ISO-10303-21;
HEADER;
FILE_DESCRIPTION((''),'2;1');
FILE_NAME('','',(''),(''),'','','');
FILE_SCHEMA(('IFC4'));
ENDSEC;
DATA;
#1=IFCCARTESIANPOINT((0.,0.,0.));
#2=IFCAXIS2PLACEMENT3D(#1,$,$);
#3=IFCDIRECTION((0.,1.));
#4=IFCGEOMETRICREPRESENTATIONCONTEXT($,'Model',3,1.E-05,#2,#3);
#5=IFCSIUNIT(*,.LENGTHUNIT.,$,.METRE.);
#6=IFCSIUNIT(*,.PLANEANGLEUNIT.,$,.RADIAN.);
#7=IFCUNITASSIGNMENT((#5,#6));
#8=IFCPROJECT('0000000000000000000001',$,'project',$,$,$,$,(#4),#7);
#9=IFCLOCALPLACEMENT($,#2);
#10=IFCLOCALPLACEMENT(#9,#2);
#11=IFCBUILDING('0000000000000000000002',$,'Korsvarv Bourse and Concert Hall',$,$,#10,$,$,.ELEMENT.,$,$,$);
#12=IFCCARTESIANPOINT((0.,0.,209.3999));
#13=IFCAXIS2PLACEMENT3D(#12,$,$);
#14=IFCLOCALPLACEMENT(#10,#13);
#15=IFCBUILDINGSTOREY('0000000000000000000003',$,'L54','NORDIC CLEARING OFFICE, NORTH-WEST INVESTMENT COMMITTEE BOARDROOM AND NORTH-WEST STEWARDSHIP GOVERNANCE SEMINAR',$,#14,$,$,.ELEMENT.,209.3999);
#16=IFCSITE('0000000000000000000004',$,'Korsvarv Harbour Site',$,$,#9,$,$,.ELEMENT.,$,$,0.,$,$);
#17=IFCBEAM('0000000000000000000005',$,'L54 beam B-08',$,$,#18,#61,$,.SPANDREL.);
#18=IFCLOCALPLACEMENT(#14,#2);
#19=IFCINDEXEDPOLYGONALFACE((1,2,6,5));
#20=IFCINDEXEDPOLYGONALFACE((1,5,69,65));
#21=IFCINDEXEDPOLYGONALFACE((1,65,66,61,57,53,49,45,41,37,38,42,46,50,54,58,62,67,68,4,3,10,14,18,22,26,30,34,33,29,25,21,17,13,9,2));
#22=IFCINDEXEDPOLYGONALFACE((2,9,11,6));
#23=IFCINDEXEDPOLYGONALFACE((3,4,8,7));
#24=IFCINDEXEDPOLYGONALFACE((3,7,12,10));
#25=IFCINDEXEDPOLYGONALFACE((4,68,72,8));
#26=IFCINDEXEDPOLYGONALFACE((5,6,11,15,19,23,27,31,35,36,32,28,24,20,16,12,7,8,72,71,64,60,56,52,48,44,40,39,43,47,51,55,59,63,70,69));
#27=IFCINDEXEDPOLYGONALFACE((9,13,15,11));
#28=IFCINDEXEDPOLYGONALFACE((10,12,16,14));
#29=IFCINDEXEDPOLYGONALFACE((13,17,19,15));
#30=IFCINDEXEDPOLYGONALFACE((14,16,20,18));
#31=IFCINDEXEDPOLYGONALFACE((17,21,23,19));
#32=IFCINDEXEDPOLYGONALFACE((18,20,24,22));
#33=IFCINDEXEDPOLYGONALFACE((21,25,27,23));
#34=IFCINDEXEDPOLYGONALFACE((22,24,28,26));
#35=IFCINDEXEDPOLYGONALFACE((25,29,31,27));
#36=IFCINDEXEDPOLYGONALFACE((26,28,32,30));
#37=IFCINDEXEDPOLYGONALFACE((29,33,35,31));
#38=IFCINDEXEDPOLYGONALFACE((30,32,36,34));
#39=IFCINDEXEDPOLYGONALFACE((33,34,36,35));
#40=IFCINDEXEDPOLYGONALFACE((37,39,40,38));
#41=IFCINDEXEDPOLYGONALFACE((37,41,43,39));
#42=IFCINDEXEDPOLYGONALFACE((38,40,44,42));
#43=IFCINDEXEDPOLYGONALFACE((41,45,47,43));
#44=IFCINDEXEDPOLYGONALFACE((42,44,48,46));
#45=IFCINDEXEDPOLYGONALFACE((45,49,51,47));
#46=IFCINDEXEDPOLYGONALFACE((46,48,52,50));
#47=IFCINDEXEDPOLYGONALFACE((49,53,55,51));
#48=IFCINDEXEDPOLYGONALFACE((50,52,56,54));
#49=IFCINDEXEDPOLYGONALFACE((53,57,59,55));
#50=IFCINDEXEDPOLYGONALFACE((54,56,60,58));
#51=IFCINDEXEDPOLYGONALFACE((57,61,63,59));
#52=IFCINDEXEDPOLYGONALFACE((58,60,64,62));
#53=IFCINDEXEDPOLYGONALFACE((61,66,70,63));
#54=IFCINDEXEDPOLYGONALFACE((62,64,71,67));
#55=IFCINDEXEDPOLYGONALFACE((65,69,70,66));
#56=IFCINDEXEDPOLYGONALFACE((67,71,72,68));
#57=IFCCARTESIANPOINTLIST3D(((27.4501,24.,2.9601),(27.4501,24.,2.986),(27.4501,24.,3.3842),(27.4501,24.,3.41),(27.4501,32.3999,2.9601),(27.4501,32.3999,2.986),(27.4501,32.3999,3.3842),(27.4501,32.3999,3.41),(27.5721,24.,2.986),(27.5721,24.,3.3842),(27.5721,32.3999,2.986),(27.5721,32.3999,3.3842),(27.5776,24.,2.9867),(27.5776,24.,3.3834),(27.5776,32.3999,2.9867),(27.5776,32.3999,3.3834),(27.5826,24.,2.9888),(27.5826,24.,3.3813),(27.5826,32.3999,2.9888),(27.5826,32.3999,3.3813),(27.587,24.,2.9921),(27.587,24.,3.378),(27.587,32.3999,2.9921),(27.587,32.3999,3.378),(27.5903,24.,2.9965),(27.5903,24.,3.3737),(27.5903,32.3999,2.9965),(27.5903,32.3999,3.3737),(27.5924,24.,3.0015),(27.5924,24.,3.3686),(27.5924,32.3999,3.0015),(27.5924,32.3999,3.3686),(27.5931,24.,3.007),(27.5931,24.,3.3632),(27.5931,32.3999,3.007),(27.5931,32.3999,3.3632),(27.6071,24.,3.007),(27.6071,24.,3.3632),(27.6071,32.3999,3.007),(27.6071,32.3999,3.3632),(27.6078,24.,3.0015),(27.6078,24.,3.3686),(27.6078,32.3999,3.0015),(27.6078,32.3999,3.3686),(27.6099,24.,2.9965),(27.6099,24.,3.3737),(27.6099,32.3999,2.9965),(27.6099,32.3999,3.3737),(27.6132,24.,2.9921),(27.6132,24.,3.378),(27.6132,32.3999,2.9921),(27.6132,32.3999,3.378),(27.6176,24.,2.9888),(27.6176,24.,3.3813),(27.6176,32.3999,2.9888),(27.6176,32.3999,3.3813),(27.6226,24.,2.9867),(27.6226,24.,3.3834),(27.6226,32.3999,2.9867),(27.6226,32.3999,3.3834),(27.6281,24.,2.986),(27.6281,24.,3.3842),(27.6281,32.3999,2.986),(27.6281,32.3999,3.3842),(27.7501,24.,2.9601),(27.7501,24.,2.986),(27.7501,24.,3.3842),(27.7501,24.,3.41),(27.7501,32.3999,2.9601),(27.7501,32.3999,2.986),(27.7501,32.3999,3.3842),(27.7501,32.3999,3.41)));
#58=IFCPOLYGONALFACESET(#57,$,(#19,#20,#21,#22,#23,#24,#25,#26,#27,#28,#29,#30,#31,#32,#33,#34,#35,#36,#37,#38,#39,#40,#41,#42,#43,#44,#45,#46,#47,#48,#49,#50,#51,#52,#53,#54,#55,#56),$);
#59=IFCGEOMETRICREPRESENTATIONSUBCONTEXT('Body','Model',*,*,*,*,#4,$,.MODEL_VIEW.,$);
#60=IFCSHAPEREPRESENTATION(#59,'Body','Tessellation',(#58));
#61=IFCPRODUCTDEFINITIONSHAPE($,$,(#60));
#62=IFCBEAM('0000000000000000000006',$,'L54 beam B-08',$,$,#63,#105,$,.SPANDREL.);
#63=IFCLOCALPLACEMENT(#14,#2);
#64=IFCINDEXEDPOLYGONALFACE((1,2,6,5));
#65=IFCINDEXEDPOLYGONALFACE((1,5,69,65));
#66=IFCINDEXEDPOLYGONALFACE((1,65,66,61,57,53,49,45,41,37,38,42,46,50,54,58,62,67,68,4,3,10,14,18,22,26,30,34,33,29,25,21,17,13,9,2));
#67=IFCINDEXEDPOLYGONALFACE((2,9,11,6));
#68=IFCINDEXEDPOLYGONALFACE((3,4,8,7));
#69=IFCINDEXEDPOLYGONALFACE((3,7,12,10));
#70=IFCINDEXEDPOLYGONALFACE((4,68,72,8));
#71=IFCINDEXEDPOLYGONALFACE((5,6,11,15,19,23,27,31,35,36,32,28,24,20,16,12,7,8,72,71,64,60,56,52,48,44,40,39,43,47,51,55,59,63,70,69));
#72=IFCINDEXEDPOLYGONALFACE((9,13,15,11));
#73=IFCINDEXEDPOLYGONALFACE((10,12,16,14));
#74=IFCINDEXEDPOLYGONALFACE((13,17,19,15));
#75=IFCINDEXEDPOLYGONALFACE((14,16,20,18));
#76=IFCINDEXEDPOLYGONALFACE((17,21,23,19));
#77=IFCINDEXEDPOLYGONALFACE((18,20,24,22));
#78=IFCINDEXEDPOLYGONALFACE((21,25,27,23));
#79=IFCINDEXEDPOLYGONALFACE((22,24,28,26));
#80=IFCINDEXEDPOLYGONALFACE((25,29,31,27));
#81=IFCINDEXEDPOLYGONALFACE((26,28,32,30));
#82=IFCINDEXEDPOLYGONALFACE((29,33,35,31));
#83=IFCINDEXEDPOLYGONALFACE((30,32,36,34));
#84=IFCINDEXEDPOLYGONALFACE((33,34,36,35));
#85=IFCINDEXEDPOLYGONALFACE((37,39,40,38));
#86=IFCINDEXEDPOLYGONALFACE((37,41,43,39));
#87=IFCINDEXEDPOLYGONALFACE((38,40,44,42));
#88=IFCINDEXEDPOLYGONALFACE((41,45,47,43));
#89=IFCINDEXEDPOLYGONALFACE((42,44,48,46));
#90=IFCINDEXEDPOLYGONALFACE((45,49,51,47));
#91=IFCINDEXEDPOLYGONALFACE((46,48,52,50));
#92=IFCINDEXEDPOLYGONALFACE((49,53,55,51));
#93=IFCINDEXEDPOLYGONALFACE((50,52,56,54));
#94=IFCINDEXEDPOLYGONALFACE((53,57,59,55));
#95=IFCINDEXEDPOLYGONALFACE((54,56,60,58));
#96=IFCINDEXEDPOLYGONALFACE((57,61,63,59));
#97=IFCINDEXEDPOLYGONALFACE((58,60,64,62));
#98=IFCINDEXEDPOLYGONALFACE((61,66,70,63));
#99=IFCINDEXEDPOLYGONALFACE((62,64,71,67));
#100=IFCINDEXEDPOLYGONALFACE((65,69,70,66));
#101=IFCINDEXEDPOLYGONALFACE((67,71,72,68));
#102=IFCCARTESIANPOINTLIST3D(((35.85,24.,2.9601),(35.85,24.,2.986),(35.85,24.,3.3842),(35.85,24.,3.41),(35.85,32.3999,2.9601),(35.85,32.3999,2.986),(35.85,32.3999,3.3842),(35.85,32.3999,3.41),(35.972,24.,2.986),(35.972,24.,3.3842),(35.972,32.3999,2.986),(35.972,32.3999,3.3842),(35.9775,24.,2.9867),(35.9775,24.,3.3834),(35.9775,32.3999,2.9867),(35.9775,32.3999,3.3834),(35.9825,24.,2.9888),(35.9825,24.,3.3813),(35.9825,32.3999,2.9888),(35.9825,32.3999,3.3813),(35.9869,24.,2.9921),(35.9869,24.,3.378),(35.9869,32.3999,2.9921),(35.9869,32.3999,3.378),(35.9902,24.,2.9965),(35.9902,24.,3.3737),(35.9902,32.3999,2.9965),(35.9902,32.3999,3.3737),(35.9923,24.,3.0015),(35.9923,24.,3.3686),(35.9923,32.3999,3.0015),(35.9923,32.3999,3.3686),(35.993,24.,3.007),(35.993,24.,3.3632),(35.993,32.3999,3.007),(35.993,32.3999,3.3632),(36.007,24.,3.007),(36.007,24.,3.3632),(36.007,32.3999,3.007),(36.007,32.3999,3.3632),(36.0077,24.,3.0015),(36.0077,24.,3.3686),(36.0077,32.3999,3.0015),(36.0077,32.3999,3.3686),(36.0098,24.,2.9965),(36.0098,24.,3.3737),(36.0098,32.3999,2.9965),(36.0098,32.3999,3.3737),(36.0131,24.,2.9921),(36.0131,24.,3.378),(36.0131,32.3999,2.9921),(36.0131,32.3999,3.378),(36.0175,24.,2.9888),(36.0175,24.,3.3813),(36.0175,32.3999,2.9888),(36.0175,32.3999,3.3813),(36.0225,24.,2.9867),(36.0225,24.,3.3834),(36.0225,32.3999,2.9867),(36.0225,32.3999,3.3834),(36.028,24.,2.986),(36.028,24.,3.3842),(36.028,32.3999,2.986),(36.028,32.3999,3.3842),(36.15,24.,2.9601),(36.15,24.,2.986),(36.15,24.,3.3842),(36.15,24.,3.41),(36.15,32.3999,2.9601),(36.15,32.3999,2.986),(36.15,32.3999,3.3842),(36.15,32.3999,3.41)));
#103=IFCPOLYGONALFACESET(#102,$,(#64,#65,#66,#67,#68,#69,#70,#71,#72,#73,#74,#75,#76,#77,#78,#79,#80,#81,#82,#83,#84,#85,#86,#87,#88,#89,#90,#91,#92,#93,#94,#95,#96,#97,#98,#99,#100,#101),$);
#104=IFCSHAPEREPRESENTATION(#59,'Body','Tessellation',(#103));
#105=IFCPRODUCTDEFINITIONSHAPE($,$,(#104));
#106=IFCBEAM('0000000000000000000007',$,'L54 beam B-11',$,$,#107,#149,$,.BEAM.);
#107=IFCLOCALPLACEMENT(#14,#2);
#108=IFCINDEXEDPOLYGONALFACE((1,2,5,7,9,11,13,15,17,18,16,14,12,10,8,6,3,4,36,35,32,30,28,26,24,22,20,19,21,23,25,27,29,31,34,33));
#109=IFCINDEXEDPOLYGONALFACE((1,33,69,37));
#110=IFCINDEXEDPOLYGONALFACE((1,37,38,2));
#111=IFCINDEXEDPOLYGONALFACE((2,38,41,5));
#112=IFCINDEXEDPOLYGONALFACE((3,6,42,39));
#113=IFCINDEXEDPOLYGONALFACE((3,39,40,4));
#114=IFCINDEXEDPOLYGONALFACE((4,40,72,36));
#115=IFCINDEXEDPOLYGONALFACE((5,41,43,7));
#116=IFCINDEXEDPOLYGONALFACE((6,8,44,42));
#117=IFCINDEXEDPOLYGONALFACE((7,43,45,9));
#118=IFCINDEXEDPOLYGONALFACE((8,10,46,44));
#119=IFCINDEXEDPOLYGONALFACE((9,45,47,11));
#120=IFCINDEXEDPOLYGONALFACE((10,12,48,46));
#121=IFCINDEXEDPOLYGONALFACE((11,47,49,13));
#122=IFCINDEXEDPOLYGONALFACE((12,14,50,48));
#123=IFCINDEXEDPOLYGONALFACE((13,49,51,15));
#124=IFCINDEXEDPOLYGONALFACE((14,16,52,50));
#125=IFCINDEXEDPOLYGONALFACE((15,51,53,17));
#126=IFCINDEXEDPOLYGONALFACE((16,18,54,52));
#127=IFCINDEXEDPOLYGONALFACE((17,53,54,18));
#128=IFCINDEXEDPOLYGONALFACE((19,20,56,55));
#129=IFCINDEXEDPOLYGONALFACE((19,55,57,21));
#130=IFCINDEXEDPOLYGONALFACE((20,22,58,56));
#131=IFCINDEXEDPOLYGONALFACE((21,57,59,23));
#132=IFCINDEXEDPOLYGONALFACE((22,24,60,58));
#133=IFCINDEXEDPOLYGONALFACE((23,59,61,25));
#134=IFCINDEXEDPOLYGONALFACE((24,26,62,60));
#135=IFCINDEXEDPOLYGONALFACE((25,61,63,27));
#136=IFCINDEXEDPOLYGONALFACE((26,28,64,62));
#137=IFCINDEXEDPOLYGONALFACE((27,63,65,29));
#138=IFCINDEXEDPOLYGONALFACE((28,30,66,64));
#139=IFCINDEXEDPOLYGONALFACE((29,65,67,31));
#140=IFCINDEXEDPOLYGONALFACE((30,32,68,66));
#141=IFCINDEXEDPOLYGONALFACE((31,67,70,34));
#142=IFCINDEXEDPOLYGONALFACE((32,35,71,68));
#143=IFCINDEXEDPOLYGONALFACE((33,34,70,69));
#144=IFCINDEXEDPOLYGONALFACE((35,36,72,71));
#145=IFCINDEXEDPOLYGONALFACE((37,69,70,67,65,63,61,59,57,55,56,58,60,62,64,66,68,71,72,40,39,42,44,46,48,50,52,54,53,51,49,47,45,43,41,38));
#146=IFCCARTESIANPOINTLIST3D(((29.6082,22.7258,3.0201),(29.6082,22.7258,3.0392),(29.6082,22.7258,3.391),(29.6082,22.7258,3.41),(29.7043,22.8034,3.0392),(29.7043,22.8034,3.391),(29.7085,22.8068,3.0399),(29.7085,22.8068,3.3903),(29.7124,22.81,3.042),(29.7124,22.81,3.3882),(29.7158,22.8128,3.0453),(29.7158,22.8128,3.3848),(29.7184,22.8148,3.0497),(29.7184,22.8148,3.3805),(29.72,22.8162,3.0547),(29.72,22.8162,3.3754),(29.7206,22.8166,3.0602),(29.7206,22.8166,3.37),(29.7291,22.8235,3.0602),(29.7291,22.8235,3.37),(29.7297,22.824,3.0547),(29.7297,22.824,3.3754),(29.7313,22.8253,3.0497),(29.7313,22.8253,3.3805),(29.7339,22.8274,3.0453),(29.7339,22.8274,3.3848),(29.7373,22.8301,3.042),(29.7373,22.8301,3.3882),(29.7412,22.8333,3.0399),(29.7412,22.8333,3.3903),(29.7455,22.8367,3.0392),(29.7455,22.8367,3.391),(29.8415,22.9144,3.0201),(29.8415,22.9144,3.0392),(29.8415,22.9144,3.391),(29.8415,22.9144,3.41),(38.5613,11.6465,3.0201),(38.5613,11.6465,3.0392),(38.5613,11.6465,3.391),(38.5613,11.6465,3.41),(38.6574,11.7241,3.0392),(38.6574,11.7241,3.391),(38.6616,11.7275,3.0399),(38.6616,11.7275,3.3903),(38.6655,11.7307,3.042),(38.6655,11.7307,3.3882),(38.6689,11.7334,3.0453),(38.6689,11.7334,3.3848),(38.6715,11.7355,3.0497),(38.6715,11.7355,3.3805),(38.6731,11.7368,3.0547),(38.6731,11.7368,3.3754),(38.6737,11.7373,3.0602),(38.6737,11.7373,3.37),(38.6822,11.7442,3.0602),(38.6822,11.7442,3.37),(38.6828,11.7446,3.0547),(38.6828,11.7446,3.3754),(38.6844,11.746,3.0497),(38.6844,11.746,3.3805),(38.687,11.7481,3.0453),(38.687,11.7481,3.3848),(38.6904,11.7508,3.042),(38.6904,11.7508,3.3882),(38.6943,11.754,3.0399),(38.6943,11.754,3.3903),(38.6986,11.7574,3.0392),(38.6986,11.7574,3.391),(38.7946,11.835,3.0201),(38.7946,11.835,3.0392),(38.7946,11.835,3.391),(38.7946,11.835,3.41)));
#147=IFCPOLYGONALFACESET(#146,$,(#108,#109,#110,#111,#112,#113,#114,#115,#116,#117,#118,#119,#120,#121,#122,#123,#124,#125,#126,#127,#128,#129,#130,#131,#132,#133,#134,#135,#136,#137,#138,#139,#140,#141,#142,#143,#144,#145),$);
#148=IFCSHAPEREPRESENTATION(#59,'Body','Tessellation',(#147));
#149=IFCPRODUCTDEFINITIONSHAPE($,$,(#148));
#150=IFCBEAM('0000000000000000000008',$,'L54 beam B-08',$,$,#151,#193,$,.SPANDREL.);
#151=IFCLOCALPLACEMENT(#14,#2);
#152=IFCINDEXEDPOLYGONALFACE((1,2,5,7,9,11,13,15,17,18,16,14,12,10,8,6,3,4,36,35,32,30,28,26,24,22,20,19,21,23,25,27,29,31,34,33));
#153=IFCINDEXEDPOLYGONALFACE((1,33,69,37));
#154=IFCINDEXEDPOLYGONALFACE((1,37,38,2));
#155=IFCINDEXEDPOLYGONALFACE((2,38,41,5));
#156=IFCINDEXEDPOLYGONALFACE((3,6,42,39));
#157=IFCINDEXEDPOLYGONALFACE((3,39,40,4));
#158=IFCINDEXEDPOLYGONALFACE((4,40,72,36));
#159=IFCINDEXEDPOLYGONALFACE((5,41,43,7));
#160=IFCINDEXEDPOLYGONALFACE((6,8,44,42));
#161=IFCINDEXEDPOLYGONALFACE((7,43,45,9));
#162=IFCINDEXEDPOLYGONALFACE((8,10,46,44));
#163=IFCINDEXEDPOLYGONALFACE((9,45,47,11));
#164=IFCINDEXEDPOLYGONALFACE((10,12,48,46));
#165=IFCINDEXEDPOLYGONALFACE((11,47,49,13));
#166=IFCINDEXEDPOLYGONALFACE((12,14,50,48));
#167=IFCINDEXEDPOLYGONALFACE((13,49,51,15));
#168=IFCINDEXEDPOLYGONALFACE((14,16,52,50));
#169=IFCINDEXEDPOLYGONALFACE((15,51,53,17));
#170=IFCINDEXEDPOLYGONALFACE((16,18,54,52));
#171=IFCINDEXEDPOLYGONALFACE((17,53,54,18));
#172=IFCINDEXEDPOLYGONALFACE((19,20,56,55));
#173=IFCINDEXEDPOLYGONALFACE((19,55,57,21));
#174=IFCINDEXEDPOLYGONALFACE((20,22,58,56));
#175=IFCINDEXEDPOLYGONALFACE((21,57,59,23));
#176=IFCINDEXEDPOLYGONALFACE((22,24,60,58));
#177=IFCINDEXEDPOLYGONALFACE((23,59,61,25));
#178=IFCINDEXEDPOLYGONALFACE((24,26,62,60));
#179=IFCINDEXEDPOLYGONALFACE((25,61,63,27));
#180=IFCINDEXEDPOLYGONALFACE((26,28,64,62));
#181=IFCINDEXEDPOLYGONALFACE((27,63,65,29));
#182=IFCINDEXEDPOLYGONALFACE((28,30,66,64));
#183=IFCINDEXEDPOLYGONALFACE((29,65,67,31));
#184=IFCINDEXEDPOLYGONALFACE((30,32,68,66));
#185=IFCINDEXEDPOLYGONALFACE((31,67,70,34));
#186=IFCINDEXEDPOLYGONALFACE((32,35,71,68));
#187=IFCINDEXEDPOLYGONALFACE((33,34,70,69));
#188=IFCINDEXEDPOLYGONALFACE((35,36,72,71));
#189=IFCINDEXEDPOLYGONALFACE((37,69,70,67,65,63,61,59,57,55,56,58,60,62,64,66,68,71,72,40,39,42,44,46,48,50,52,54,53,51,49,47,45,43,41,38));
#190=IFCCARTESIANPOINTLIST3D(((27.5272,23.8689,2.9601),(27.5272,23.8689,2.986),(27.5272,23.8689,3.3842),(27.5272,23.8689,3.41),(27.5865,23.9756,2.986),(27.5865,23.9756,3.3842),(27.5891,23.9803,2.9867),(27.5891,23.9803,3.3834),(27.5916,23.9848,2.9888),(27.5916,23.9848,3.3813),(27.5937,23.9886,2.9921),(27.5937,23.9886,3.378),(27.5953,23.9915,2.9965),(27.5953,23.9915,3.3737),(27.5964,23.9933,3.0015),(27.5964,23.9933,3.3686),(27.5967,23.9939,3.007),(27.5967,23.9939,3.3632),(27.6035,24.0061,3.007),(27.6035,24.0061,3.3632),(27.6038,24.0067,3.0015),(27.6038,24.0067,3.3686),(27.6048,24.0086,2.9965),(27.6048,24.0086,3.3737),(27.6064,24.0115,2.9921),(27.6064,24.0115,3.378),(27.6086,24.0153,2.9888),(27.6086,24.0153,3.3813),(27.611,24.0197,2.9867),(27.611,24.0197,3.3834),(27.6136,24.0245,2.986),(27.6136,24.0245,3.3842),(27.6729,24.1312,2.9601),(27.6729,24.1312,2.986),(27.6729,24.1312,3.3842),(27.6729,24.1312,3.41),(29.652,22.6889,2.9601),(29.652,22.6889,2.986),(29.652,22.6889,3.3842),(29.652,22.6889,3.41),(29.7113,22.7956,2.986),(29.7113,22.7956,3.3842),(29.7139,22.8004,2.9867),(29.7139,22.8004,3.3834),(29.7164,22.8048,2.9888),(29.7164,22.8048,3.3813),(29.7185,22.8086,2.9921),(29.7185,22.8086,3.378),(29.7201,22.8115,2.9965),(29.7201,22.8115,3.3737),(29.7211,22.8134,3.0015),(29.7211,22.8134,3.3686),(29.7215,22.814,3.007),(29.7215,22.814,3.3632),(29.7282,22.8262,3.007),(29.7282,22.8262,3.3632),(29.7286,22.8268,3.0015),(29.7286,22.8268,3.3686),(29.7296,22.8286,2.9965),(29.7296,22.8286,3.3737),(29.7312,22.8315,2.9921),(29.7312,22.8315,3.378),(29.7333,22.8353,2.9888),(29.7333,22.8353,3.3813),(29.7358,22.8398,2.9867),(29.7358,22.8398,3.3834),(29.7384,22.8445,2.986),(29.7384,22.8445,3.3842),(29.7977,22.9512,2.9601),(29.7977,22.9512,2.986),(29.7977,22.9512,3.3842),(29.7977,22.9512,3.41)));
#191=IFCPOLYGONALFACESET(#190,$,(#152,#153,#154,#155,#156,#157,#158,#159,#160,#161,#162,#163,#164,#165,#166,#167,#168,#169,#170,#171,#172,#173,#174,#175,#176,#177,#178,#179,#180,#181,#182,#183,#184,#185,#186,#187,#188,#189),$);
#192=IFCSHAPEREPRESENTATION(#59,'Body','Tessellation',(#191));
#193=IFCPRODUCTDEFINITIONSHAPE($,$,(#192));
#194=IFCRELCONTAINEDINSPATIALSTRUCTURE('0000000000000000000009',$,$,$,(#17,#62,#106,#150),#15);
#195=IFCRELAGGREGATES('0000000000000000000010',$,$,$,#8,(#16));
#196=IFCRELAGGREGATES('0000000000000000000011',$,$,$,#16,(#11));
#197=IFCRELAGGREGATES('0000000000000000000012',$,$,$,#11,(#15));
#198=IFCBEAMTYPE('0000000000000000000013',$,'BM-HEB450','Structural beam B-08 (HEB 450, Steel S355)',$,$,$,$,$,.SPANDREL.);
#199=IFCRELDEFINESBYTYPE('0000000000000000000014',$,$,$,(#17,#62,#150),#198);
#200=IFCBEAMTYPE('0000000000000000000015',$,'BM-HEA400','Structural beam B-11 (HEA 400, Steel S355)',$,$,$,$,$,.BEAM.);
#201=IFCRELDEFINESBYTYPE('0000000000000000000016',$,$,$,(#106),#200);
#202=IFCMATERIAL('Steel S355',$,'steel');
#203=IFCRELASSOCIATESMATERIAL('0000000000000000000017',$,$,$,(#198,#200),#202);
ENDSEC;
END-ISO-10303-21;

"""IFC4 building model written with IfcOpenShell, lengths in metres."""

from ifc_helpers import new_model, si_unit, direction, frame, origin, origin_2d, place, context, subcontext, project, spatial, i_section, extrude, source, transform, mapped, material, material_profile, profile_set, type_object, element, save


model = new_model("IFC4")

# Units and contexts
model_context = context("Model", 3, precision=1e-05, world=origin(), true_north=direction((0.0, 1.0)))
body_context = subcontext(model_context, "Body", "Model", "MODEL_VIEW")
ifc_project = project(units=[si_unit("LENGTHUNIT", "METRE"), si_unit("PLANEANGLEUNIT", "RADIAN")], contexts=[model_context])

# Site, building, storey
site_placement = place(None, origin())
site = spatial("IfcSite", under=ifc_project, at=site_placement, Name="Korsvarv Harbour Site", CompositionType="ELEMENT", RefElevation=0.0)
building_placement = place(site_placement, origin())
building = spatial("IfcBuilding", under=site, at=building_placement, Name="Korsvarv Bourse and Concert Hall", CompositionType="ELEMENT")
storey_placement = place(building_placement, frame((0.0, 0.0, 209.3999)))
storey = spatial("IfcBuildingStorey", under=building, at=storey_placement, Name="L54", Description="NORDIC CLEARING OFFICE, NORTH-WEST INVESTMENT COMMITTEE BOARDROOM AND NORTH-WEST STEWARDSHIP GOVERNANCE SEMINAR", CompositionType="ELEMENT", Elevation=209.3999)

# Shared definitions
ifc_material_1 = material(Name="Steel S355", Category="steel")

# Beams
ifc_material_profile_1 = material_profile(ifc_material_1, i_section(OverallWidth=0.3, OverallDepth=0.45, WebThickness=0.0139, FlangeThickness=0.0259, FilletRadius=0.021, at=origin_2d()), Name="HEB 450")
ifc_profile_set_1 = profile_set([ifc_material_profile_1], Name="Steel S355")
beam_type_1 = type_object("IfcBeamType", Name="BM-HEB450", Description="Structural beam B-08 (HEB 450, Steel S355)", PredefinedType="SPANDREL", material=ifc_profile_set_1)
shared_shape_1 = source(origin(), body_context, "Body", "SweptSolid", [
    extrude(i_section(OverallWidth=0.3, OverallDepth=0.45, WebThickness=0.0139, FlangeThickness=0.0259, FilletRadius=0.021, at=origin_2d()), origin(), (0.0, 0.0, 1.0), 8.3999),
])
for number, where, z_axis, x_axis, name in (
    (1, (27.6001, 24.0, 3.1851), (0.0, 1.0, 0.0), (-1.0, 0.0, 0.0), "L54 beam B-08"),
    (2, (36.0, 24.0, 3.1851), (0.0, 1.0, 0.0), (-1.0, 0.0, 0.0), "L54 beam B-08"),
):
    element("IfcBeam", number, at=place(storey_placement, frame(where, z_axis=z_axis, x_axis=x_axis)), inside=storey, type_object=beam_type_1, Name=name, PredefinedType="SPANDREL", context=body_context, shape_type="MappedRepresentation", body=[
        mapped(shared_shape_1, transform((0.0, 0.0, 0.0), scale=1.0)),
    ])
ifc_material_profile_2 = material_profile(ifc_material_1, i_section(OverallWidth=0.3, OverallDepth=0.3899, WebThickness=0.011, FlangeThickness=0.019, FilletRadius=0.021, at=origin_2d()), Name="HEA 400")
ifc_profile_set_2 = profile_set([ifc_material_profile_2], Name="Steel S355")
beam_type_2 = type_object("IfcBeamType", Name="BM-HEA400", Description="Structural beam B-11 (HEA 400, Steel S355)", PredefinedType="BEAM", material=ifc_profile_set_2)
shared_shape_2 = source(origin(), body_context, "Body", "SweptSolid", [
    extrude(i_section(OverallWidth=0.3, OverallDepth=0.3899, WebThickness=0.011, FlangeThickness=0.019, FilletRadius=0.021, at=origin_2d()), origin(), (0.0, 0.0, 1.0), 14.2446),
])
beam_1_placement = place(storey_placement, frame((29.7249, 22.8201, 3.2151), z_axis=(0.628525, -0.777789, 0.0), x_axis=(0.777789, 0.628525, 0.0)))
element("IfcBeam", 3, at=beam_1_placement, inside=storey, type_object=beam_type_2, Name="L54 beam B-11", PredefinedType="BEAM", context=body_context, shape_type="MappedRepresentation", body=[
    mapped(shared_shape_2, transform((0.0, 0.0, 0.0), scale=1.0)),
])
shared_shape_3 = source(origin(), body_context, "Body", "SweptSolid", [
    extrude(i_section(OverallWidth=0.3, OverallDepth=0.45, WebThickness=0.0139, FlangeThickness=0.0259, FilletRadius=0.021, at=origin_2d()), origin(), (0.0, 0.0, 1.0), 2.4304),
])
beam_2_placement = place(storey_placement, frame((29.7249, 22.8201, 3.1851), z_axis=(-0.874243, 0.485489, 0.0), x_axis=(-0.485489, -0.874243, 0.0)))
element("IfcBeam", 4, at=beam_2_placement, inside=storey, type_object=beam_type_1, Name="L54 beam B-08", PredefinedType="SPANDREL", context=body_context, shape_type="MappedRepresentation", body=[
    mapped(shared_shape_3, transform((0.0, 0.0, 0.0), scale=1.0)),
])

save(model, "model.ifc")
